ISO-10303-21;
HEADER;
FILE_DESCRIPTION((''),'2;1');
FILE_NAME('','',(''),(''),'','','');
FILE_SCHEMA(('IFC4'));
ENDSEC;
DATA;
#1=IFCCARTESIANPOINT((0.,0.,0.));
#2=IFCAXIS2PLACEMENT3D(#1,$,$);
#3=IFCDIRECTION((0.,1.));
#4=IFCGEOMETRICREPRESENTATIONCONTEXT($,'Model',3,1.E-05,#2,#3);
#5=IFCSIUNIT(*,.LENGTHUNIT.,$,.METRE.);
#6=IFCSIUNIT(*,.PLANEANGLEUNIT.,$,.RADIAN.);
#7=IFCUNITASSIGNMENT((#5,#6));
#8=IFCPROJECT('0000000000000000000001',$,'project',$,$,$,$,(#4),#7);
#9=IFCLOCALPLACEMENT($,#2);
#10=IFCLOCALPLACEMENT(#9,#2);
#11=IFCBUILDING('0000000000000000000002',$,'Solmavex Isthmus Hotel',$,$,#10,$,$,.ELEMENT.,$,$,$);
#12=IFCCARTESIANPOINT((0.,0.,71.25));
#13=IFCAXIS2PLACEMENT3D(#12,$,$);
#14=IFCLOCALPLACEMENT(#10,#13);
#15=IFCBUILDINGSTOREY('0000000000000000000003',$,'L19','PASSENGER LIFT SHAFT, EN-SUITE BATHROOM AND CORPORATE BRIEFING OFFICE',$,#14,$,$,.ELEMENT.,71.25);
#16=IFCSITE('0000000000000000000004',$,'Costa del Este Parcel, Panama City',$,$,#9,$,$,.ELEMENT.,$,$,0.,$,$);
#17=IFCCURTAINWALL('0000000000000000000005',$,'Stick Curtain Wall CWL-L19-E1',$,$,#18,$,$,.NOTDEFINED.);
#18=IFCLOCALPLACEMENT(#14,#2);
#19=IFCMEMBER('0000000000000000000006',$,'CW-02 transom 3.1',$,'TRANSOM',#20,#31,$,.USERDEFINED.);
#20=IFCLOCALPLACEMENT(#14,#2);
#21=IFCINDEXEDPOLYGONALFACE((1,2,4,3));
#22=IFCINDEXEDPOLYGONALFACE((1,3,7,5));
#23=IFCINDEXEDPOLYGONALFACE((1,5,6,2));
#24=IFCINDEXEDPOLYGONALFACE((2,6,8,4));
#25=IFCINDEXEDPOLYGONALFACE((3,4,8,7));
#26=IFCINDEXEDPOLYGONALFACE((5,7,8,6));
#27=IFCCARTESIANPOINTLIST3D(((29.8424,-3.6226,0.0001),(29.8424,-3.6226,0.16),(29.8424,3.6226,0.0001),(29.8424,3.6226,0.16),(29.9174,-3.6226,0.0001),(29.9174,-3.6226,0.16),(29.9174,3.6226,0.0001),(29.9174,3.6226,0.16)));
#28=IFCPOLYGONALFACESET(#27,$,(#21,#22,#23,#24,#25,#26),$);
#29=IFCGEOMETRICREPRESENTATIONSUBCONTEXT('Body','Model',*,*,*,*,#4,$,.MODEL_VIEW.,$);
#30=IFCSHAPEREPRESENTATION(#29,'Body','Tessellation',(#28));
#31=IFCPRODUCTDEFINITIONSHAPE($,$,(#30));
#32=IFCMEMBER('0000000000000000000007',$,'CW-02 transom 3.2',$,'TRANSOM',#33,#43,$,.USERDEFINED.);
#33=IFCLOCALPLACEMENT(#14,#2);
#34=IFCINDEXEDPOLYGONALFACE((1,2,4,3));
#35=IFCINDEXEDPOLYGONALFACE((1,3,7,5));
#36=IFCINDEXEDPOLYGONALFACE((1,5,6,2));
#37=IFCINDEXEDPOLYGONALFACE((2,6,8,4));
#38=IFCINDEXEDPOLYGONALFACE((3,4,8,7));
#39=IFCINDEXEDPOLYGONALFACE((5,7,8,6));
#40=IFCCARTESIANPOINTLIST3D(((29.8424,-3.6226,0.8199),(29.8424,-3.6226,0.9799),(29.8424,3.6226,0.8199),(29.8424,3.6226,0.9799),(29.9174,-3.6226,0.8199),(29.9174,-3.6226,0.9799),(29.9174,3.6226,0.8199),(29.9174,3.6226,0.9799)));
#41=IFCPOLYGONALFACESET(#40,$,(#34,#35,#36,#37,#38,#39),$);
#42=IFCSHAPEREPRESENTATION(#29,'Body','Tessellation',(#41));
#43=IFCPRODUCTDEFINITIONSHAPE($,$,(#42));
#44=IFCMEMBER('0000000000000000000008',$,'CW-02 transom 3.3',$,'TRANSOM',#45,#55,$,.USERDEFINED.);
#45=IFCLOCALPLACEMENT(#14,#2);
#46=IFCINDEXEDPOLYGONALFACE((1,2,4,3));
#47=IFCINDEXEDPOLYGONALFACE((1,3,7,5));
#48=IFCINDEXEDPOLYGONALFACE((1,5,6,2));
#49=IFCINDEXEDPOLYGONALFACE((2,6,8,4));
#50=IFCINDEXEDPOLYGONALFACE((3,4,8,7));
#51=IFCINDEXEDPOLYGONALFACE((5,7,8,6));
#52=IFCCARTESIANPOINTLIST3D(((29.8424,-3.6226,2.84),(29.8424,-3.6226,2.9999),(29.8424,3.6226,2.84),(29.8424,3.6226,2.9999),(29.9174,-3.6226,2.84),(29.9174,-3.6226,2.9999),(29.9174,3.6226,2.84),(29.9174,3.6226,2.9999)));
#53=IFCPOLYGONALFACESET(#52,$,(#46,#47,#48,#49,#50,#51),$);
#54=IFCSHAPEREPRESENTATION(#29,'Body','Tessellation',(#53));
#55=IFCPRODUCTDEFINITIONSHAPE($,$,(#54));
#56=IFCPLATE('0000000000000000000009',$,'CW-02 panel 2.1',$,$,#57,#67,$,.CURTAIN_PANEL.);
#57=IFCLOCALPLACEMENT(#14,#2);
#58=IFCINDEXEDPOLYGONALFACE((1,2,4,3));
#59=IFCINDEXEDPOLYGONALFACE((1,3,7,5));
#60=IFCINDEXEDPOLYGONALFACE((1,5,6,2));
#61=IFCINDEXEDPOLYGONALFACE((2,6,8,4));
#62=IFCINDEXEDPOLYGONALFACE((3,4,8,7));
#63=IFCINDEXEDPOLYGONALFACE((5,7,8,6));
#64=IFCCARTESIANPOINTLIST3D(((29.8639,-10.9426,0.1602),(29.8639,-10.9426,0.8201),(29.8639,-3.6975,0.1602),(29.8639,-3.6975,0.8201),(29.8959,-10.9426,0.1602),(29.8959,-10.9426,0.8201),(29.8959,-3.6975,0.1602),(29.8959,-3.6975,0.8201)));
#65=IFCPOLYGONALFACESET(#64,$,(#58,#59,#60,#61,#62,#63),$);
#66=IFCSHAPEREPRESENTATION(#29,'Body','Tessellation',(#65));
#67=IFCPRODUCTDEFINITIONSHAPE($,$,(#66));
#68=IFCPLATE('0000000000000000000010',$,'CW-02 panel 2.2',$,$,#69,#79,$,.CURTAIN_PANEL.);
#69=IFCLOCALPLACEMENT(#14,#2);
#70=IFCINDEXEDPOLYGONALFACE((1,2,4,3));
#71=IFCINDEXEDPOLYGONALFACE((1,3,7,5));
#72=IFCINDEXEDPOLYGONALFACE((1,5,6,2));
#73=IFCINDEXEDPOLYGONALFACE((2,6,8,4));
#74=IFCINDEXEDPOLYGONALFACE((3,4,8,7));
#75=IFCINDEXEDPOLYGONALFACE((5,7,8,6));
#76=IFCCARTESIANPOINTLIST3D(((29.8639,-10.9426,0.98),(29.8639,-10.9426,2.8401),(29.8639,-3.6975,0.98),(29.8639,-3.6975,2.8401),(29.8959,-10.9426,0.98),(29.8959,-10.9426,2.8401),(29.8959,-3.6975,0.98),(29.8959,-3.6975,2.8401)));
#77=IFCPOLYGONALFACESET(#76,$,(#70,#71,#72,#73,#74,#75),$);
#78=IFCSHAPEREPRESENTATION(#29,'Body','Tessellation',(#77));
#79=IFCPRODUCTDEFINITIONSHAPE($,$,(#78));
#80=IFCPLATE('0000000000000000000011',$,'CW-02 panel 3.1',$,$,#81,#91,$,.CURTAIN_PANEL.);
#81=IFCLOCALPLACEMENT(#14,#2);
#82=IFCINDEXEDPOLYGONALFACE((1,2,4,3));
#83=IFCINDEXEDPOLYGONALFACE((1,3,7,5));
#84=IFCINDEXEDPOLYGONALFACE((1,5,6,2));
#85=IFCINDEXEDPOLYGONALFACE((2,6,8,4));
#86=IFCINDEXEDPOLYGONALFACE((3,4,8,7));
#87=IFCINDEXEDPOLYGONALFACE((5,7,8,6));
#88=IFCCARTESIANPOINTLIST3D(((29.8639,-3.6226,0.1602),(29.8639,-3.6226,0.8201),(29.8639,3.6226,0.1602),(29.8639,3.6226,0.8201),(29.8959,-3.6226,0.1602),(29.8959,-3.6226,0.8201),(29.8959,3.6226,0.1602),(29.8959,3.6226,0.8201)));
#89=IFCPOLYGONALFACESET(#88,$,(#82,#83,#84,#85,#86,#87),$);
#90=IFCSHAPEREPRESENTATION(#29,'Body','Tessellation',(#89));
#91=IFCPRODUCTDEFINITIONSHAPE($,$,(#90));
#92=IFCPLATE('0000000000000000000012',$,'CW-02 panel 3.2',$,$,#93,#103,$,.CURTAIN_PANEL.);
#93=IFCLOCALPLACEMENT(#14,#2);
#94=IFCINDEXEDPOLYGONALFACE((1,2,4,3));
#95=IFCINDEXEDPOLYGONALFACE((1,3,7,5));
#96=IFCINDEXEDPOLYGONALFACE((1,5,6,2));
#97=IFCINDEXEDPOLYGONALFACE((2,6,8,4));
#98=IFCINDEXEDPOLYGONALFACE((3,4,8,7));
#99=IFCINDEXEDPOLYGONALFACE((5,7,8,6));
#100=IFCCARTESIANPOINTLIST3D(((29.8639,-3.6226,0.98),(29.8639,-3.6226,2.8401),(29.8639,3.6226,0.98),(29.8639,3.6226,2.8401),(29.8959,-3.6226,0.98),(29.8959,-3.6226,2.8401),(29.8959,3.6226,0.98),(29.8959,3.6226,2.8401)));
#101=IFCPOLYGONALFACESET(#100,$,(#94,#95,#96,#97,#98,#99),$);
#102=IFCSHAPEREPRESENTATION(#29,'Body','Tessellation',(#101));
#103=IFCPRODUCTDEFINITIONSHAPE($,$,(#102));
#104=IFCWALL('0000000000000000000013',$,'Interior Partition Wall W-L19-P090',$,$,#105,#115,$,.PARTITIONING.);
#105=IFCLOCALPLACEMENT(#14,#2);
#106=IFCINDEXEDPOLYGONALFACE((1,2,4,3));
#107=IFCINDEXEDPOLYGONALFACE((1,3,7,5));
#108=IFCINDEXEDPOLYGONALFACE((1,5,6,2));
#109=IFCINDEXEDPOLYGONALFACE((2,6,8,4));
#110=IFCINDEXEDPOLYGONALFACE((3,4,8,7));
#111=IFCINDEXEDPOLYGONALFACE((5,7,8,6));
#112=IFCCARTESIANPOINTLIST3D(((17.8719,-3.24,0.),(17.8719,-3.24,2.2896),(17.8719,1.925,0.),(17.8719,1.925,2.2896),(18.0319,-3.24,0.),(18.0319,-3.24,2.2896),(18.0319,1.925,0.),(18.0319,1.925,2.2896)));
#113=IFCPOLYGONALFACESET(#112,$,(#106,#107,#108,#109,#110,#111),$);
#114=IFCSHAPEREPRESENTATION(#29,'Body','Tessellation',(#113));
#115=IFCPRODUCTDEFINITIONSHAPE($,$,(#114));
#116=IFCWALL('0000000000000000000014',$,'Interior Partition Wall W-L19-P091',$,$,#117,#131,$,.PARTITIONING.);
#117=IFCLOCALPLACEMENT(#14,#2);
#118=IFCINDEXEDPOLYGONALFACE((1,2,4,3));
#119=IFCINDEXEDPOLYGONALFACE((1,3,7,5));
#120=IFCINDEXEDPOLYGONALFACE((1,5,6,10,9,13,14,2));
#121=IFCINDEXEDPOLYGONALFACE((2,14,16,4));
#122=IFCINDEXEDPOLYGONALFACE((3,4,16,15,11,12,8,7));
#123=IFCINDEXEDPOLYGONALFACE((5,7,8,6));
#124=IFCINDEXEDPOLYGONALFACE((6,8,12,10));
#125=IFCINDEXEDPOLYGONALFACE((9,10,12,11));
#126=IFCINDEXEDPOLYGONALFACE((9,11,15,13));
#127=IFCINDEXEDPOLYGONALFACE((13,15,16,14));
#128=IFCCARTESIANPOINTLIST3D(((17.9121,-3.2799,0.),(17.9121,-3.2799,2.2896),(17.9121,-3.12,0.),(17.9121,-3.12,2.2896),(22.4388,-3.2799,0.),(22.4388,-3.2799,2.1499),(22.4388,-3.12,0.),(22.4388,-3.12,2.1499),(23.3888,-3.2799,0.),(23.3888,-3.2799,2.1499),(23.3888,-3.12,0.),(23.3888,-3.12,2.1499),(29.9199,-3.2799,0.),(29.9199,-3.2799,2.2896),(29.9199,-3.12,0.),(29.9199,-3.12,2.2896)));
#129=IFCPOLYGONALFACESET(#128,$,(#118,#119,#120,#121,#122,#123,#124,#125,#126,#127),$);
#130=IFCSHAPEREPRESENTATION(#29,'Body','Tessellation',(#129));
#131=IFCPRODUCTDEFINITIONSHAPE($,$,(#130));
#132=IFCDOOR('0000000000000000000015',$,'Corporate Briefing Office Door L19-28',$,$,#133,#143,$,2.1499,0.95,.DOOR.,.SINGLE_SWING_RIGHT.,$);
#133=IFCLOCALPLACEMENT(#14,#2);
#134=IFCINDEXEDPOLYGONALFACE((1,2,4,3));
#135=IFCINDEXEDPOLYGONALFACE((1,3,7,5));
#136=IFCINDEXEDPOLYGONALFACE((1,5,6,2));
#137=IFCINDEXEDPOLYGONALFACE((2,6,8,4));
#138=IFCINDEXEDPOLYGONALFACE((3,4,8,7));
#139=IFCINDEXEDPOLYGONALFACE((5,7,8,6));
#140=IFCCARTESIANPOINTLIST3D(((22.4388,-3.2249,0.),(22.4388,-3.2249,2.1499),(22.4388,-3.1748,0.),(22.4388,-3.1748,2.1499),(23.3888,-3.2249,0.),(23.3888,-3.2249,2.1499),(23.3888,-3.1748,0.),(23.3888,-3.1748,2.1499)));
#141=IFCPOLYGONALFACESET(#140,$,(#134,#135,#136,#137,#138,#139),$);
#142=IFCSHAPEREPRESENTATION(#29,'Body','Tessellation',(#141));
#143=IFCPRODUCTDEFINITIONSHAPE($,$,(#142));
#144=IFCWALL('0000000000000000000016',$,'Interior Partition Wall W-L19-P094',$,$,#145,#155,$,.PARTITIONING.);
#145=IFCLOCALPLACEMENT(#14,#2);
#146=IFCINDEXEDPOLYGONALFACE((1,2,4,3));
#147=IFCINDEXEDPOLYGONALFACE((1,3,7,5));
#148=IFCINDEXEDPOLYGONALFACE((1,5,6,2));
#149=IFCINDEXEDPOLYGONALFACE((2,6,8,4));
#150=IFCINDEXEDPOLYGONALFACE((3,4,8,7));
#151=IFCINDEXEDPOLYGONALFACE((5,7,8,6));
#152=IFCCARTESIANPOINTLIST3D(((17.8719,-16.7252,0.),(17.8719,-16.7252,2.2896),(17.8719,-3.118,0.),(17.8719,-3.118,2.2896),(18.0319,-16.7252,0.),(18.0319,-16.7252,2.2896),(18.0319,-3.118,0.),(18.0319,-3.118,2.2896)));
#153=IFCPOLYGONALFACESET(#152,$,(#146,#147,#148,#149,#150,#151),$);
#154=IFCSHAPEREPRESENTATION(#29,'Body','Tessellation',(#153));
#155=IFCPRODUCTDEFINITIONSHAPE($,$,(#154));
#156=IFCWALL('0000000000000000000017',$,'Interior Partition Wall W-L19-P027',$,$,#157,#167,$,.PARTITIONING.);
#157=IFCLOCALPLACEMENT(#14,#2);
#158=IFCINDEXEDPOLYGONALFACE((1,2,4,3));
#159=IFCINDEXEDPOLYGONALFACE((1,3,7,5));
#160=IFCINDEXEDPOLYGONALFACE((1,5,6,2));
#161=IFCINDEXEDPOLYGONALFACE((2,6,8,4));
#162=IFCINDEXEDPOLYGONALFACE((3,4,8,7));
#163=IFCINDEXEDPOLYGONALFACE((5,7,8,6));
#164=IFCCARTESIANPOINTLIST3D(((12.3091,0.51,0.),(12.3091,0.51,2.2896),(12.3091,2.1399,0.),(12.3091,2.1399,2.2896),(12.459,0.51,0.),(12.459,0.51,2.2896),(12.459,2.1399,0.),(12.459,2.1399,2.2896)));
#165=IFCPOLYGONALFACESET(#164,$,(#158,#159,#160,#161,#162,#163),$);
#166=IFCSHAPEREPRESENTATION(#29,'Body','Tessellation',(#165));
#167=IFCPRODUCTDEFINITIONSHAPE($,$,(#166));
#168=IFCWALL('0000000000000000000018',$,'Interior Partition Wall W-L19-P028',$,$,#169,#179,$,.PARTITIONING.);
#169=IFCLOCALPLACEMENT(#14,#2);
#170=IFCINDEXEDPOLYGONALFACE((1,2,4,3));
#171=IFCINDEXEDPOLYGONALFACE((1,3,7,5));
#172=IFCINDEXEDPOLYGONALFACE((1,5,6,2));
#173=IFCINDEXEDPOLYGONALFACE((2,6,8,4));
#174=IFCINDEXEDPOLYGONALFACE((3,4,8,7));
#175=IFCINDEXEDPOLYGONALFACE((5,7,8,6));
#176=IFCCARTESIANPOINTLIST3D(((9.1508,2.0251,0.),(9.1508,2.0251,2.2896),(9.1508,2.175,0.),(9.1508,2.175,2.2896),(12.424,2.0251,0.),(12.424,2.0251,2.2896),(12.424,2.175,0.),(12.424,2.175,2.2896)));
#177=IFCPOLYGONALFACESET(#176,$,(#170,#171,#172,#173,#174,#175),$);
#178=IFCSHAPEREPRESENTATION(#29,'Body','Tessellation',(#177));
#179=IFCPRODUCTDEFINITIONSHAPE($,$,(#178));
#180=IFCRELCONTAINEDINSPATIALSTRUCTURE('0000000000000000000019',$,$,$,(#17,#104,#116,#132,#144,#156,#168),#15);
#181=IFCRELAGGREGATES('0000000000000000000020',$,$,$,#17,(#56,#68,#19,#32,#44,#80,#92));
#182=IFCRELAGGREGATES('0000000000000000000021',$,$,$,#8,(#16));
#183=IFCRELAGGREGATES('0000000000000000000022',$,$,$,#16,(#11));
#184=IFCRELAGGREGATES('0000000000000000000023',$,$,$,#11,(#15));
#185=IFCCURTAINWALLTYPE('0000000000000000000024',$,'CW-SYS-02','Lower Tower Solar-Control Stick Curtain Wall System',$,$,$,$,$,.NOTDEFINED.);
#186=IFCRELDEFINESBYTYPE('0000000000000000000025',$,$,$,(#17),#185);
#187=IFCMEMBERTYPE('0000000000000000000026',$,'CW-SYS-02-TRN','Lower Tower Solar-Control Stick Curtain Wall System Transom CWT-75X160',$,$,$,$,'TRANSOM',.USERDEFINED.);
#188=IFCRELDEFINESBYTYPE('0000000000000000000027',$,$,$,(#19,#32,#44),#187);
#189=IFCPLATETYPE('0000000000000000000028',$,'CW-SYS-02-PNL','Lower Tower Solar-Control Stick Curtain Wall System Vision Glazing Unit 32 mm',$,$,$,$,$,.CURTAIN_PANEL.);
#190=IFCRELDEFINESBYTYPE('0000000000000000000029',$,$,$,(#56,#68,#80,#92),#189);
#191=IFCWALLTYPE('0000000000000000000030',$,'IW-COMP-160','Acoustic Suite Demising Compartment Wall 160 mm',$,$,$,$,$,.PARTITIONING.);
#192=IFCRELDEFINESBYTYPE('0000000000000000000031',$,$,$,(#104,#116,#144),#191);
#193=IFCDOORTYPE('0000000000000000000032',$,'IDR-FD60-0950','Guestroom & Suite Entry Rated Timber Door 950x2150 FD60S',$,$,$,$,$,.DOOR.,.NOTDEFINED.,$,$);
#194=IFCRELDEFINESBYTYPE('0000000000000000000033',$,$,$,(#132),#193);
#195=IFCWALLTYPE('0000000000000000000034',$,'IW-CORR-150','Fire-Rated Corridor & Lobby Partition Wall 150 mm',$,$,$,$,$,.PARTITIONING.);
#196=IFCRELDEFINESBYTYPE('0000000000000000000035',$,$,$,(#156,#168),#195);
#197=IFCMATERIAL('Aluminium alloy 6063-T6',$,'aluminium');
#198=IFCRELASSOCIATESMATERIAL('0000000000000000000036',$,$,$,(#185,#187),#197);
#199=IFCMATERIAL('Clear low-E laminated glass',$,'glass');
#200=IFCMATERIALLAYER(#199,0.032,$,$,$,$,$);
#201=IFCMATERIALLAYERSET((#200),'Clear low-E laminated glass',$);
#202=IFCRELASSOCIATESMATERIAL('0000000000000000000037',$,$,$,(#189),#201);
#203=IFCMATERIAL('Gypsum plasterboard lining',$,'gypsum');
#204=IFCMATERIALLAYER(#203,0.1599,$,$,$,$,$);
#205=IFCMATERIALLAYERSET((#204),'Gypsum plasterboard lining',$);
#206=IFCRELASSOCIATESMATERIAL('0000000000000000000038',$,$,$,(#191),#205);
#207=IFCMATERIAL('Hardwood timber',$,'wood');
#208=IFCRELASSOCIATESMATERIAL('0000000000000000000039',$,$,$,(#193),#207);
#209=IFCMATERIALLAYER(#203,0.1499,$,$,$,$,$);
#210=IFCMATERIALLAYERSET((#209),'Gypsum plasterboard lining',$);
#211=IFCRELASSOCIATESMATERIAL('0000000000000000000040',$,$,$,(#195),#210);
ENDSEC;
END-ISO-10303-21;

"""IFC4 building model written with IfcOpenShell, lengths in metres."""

from ifc_helpers import new_model, si_unit, direction, frame, frame_2d, origin, origin_2d, place, context, subcontext, project, spatial, rectangle, extrude, material, layer, layer_set, material_profile, profile_set, type_object, element, fill, aggregate, save


model = new_model("IFC4")

# Units and contexts
model_context = context("Model", 3, precision=1e-05, world=origin(), true_north=direction((0.0, 1.0)))
body_context = subcontext(model_context, "Body", "Model", "MODEL_VIEW")
ifc_project = project(units=[si_unit("LENGTHUNIT", "METRE"), si_unit("PLANEANGLEUNIT", "RADIAN")], contexts=[model_context])

# Site, building, storey
site_placement = place(None, origin())
site = spatial("IfcSite", under=ifc_project, at=site_placement, Name="Costa del Este Parcel, Panama City", CompositionType="ELEMENT", RefElevation=0.0)
building_placement = place(site_placement, origin())
building = spatial("IfcBuilding", under=site, at=building_placement, Name="Solmavex Isthmus Hotel", CompositionType="ELEMENT")
storey_placement = place(building_placement, frame((0.0, 0.0, 71.25)))
storey = spatial("IfcBuildingStorey", under=building, at=storey_placement, Name="L19", Description="PASSENGER LIFT SHAFT, EN-SUITE BATHROOM AND CORPORATE BRIEFING OFFICE", CompositionType="ELEMENT", Elevation=71.25)

# Curtain wall, members, plates
ifc_material_1 = material(Name="Aluminium alloy 6063-T6", Category="aluminium")
curtain_wall_type = type_object("IfcCurtainWallType", Name="CW-SYS-02", Description="Lower Tower Solar-Control Stick Curtain Wall System", PredefinedType="NOTDEFINED", material=ifc_material_1)
curtain_wall_placement = place(storey_placement, origin())
curtain_wall = element("IfcCurtainWall", 1, at=curtain_wall_placement, inside=storey, type_object=curtain_wall_type, Name="Stick Curtain Wall CWL-L19-E1", PredefinedType="NOTDEFINED")
ifc_material_profile_1 = material_profile(ifc_material_1, rectangle(XDim=0.075, YDim=0.1599, at=origin_2d()), Name="CWT-75X160")
ifc_profile_set_1 = profile_set([ifc_material_profile_1], Name="Aluminium alloy 6063-T6")
member_type_1 = type_object("IfcMemberType", Name="CW-SYS-02-TRN", Description="Lower Tower Solar-Control Stick Curtain Wall System Transom CWT-75X160", ElementType="TRANSOM", PredefinedType="USERDEFINED", material=ifc_profile_set_1)
member_1_placement = place(storey_placement, frame((29.8799, -3.6226, 0.0801), z_axis=(0.0, 1.0, 0.0), x_axis=(-1.0, 0.0, 0.0)))
member_1 = element("IfcMember", 2, at=member_1_placement, type_object=member_type_1, Name="CW-02 transom 3.1", ObjectType="TRANSOM", PredefinedType="USERDEFINED", context=body_context, shape_type="SweptSolid", body=[
    extrude(rectangle(XDim=0.075, YDim=0.1599, at=origin_2d()), origin(), (0.0, 0.0, 1.0), 7.2451),
])
member_2_placement = place(storey_placement, frame((29.8799, -3.6226, 0.8999), z_axis=(0.0, 1.0, 0.0), x_axis=(-1.0, 0.0, 0.0)))
member_2 = element("IfcMember", 3, at=member_2_placement, type_object=member_type_1, Name="CW-02 transom 3.2", ObjectType="TRANSOM", PredefinedType="USERDEFINED", context=body_context, shape_type="SweptSolid", body=[
    extrude(rectangle(XDim=0.075, YDim=0.1599, at=origin_2d()), origin(), (0.0, 0.0, 1.0), 7.2451),
])
member_3_placement = place(storey_placement, frame((29.8799, -3.6226, 2.9199), z_axis=(0.0, 1.0, 0.0), x_axis=(-1.0, 0.0, 0.0)))
member_3 = element("IfcMember", 4, at=member_3_placement, type_object=member_type_1, Name="CW-02 transom 3.3", ObjectType="TRANSOM", PredefinedType="USERDEFINED", context=body_context, shape_type="SweptSolid", body=[
    extrude(rectangle(XDim=0.075, YDim=0.1599, at=origin_2d()), origin(), (0.0, 0.0, 1.0), 7.2451),
])
ifc_material_2 = material(Name="Clear low-E laminated glass", Category="glass")
ifc_layer_1 = layer(ifc_material_2, 0.032)
ifc_layer_set_1 = layer_set([ifc_layer_1], Name="Clear low-E laminated glass")
plate_type = type_object("IfcPlateType", Name="CW-SYS-02-PNL", Description="Lower Tower Solar-Control Stick Curtain Wall System Vision Glazing Unit 32 mm", PredefinedType="CURTAIN_PANEL", material=ifc_layer_set_1)
plate_1_placement = place(storey_placement, frame((29.8799, -7.3201, 0.1602), z_axis=(0.0, 0.0, 1.0), x_axis=(0.0, 1.0, 0.0)))
plate_1 = element("IfcPlate", 5, at=plate_1_placement, type_object=plate_type, Name="CW-02 panel 2.1", PredefinedType="CURTAIN_PANEL", context=body_context, shape_type="SweptSolid", body=[
    extrude(rectangle(XDim=7.2451, YDim=0.032, at=origin_2d()), origin(), (0.0, 0.0, 1.0), 0.6599),
])
plate_2_placement = place(storey_placement, frame((29.8799, -7.3201, 0.98), z_axis=(0.0, 0.0, 1.0), x_axis=(0.0, 1.0, 0.0)))
plate_2 = element("IfcPlate", 6, at=plate_2_placement, type_object=plate_type, Name="CW-02 panel 2.2", PredefinedType="CURTAIN_PANEL", context=body_context, shape_type="SweptSolid", body=[
    extrude(rectangle(XDim=7.2451, YDim=0.032, at=origin_2d()), origin(), (0.0, 0.0, 1.0), 1.8601),
])
plate_3_placement = place(storey_placement, frame((29.8799, 0.0, 0.1602), z_axis=(0.0, 0.0, 1.0), x_axis=(0.0, 1.0, 0.0)))
plate_3 = element("IfcPlate", 7, at=plate_3_placement, type_object=plate_type, Name="CW-02 panel 3.1", PredefinedType="CURTAIN_PANEL", context=body_context, shape_type="SweptSolid", body=[
    extrude(rectangle(XDim=7.2451, YDim=0.032, at=origin_2d()), origin(), (0.0, 0.0, 1.0), 0.6599),
])
plate_4_placement = place(storey_placement, frame((29.8799, 0.0, 0.98), z_axis=(0.0, 0.0, 1.0), x_axis=(0.0, 1.0, 0.0)))
plate_4 = element("IfcPlate", 8, at=plate_4_placement, type_object=plate_type, Name="CW-02 panel 3.2", PredefinedType="CURTAIN_PANEL", context=body_context, shape_type="SweptSolid", body=[
    extrude(rectangle(XDim=7.2451, YDim=0.032, at=origin_2d()), origin(), (0.0, 0.0, 1.0), 1.8601),
])
aggregate(curtain_wall, [plate_1, plate_2, member_1, member_2, member_3, plate_3, plate_4])

# Wall
ifc_material_3 = material(Name="Gypsum plasterboard lining", Category="gypsum")
ifc_layer_2 = layer(ifc_material_3, 0.1599)
ifc_layer_set_2 = layer_set([ifc_layer_2], Name="Gypsum plasterboard lining")
wall_type_1 = type_object("IfcWallType", Name="IW-COMP-160", Description="Acoustic Suite Demising Compartment Wall 160 mm", PredefinedType="PARTITIONING", material=ifc_layer_set_2)
wall_1_placement = place(storey_placement, frame((17.9519, -3.24, 0.0), z_axis=(0.0, 0.0, 1.0), x_axis=(0.0, 1.0, 0.0)))
element("IfcWall", 9, at=wall_1_placement, inside=storey, type_object=wall_type_1, Name="Interior Partition Wall W-L19-P090", PredefinedType="PARTITIONING", context=body_context, shape_type="SweptSolid", body=[
    extrude(rectangle(XDim=5.165, YDim=0.1599, at=frame_2d((2.5825, 0.0))), origin(), (0.0, 0.0, 1.0), 2.2896),
])

# Wall, opening, door
wall_2_placement = place(storey_placement, frame((29.9199, -3.2, 0.0), z_axis=(0.0, 0.0, 1.0), x_axis=(-1.0, 0.0, 0.0)))
wall_2 = element("IfcWall", 10, at=wall_2_placement, inside=storey, type_object=wall_type_1, Name="Interior Partition Wall W-L19-P091", PredefinedType="PARTITIONING", context=body_context, shape_type="SweptSolid", body=[
    extrude(rectangle(XDim=12.0078, YDim=0.1599, at=frame_2d((6.0039, 0.0))), origin(), (0.0, 0.0, 1.0), 2.2896),
])
opening_1_placement = place(wall_2_placement, frame((6.531, 0.0, 0.0)))
opening_1 = element("IfcOpeningElement", 11, at=opening_1_placement, cuts=wall_2, PredefinedType="OPENING", context=body_context, shape_type="SweptSolid", body=[
    extrude(rectangle(XDim=0.95, YDim=2.1499, at=frame_2d((0.4751, 1.075))), frame((0.0, 0.0898, 0.0), z_axis=(0.0, -1.0, 0.0), x_axis=(1.0, 0.0, 0.0)), (0.0, 0.0, 1.0), 0.1799),
])
ifc_material_4 = material(Name="Hardwood timber", Category="wood")
door_type_1 = type_object("IfcDoorType", Name="IDR-FD60-0950", Description="Guestroom & Suite Entry Rated Timber Door 950x2150 FD60S", OperationType="NOTDEFINED", PredefinedType="DOOR", material=ifc_material_4)
door_1_placement = place(opening_1_placement, origin())
door_1 = element("IfcDoor", 12, at=door_1_placement, inside=storey, type_object=door_type_1, Name="Corporate Briefing Office Door L19-28", OperationType="SINGLE_SWING_RIGHT", OverallHeight=2.1499, OverallWidth=0.95, PredefinedType="DOOR", context=body_context, shape_type="SweptSolid", body=[
    extrude(rectangle(XDim=0.95, YDim=2.1499, at=frame_2d((0.4751, 1.075))), frame((0.0, 0.0249, 0.0), z_axis=(0.0, -1.0, 0.0), x_axis=(1.0, 0.0, 0.0)), (0.0, 0.0, 1.0), 0.05),
])
fill(opening_1, door_1)

# Walls
wall_3_placement = place(storey_placement, frame((17.9519, -3.1179, 0.0), z_axis=(0.0, 0.0, 1.0), x_axis=(0.0, -1.0, 0.0)))
element("IfcWall", 13, at=wall_3_placement, inside=storey, type_object=wall_type_1, Name="Interior Partition Wall W-L19-P094", PredefinedType="PARTITIONING", context=body_context, shape_type="SweptSolid", body=[
    extrude(rectangle(XDim=13.6072, YDim=0.1599, at=frame_2d((6.8037, 0.0))), origin(), (0.0, 0.0, 1.0), 2.2896),
])
ifc_layer_3 = layer(ifc_material_3, 0.1499)
ifc_layer_set_3 = layer_set([ifc_layer_3], Name="Gypsum plasterboard lining")
wall_type_2 = type_object("IfcWallType", Name="IW-CORR-150", Description="Fire-Rated Corridor & Lobby Partition Wall 150 mm", PredefinedType="PARTITIONING", material=ifc_layer_set_3)
wall_4_placement = place(storey_placement, frame((12.384, 0.51, 0.0), z_axis=(0.0, 0.0, 1.0), x_axis=(0.0, 1.0, 0.0)))
element("IfcWall", 14, at=wall_4_placement, inside=storey, type_object=wall_type_2, Name="Interior Partition Wall W-L19-P027", PredefinedType="PARTITIONING", context=body_context, shape_type="SweptSolid", body=[
    extrude(rectangle(XDim=1.6299, YDim=0.1499, at=frame_2d((0.8149, 0.0))), origin(), (0.0, 0.0, 1.0), 2.2896),
])
wall_5_placement = place(storey_placement, frame((12.4241, 2.1001, 0.0), z_axis=(0.0, 0.0, 1.0), x_axis=(-1.0, 0.0, 0.0)))
element("IfcWall", 15, at=wall_5_placement, inside=storey, type_object=wall_type_2, Name="Interior Partition Wall W-L19-P028", PredefinedType="PARTITIONING", context=body_context, shape_type="SweptSolid", body=[
    extrude(rectangle(XDim=3.2732, YDim=0.1499, at=frame_2d((1.6367, 0.0))), origin(), (0.0, 0.0, 1.0), 2.2896),
])

save(model, "model.ifc")
